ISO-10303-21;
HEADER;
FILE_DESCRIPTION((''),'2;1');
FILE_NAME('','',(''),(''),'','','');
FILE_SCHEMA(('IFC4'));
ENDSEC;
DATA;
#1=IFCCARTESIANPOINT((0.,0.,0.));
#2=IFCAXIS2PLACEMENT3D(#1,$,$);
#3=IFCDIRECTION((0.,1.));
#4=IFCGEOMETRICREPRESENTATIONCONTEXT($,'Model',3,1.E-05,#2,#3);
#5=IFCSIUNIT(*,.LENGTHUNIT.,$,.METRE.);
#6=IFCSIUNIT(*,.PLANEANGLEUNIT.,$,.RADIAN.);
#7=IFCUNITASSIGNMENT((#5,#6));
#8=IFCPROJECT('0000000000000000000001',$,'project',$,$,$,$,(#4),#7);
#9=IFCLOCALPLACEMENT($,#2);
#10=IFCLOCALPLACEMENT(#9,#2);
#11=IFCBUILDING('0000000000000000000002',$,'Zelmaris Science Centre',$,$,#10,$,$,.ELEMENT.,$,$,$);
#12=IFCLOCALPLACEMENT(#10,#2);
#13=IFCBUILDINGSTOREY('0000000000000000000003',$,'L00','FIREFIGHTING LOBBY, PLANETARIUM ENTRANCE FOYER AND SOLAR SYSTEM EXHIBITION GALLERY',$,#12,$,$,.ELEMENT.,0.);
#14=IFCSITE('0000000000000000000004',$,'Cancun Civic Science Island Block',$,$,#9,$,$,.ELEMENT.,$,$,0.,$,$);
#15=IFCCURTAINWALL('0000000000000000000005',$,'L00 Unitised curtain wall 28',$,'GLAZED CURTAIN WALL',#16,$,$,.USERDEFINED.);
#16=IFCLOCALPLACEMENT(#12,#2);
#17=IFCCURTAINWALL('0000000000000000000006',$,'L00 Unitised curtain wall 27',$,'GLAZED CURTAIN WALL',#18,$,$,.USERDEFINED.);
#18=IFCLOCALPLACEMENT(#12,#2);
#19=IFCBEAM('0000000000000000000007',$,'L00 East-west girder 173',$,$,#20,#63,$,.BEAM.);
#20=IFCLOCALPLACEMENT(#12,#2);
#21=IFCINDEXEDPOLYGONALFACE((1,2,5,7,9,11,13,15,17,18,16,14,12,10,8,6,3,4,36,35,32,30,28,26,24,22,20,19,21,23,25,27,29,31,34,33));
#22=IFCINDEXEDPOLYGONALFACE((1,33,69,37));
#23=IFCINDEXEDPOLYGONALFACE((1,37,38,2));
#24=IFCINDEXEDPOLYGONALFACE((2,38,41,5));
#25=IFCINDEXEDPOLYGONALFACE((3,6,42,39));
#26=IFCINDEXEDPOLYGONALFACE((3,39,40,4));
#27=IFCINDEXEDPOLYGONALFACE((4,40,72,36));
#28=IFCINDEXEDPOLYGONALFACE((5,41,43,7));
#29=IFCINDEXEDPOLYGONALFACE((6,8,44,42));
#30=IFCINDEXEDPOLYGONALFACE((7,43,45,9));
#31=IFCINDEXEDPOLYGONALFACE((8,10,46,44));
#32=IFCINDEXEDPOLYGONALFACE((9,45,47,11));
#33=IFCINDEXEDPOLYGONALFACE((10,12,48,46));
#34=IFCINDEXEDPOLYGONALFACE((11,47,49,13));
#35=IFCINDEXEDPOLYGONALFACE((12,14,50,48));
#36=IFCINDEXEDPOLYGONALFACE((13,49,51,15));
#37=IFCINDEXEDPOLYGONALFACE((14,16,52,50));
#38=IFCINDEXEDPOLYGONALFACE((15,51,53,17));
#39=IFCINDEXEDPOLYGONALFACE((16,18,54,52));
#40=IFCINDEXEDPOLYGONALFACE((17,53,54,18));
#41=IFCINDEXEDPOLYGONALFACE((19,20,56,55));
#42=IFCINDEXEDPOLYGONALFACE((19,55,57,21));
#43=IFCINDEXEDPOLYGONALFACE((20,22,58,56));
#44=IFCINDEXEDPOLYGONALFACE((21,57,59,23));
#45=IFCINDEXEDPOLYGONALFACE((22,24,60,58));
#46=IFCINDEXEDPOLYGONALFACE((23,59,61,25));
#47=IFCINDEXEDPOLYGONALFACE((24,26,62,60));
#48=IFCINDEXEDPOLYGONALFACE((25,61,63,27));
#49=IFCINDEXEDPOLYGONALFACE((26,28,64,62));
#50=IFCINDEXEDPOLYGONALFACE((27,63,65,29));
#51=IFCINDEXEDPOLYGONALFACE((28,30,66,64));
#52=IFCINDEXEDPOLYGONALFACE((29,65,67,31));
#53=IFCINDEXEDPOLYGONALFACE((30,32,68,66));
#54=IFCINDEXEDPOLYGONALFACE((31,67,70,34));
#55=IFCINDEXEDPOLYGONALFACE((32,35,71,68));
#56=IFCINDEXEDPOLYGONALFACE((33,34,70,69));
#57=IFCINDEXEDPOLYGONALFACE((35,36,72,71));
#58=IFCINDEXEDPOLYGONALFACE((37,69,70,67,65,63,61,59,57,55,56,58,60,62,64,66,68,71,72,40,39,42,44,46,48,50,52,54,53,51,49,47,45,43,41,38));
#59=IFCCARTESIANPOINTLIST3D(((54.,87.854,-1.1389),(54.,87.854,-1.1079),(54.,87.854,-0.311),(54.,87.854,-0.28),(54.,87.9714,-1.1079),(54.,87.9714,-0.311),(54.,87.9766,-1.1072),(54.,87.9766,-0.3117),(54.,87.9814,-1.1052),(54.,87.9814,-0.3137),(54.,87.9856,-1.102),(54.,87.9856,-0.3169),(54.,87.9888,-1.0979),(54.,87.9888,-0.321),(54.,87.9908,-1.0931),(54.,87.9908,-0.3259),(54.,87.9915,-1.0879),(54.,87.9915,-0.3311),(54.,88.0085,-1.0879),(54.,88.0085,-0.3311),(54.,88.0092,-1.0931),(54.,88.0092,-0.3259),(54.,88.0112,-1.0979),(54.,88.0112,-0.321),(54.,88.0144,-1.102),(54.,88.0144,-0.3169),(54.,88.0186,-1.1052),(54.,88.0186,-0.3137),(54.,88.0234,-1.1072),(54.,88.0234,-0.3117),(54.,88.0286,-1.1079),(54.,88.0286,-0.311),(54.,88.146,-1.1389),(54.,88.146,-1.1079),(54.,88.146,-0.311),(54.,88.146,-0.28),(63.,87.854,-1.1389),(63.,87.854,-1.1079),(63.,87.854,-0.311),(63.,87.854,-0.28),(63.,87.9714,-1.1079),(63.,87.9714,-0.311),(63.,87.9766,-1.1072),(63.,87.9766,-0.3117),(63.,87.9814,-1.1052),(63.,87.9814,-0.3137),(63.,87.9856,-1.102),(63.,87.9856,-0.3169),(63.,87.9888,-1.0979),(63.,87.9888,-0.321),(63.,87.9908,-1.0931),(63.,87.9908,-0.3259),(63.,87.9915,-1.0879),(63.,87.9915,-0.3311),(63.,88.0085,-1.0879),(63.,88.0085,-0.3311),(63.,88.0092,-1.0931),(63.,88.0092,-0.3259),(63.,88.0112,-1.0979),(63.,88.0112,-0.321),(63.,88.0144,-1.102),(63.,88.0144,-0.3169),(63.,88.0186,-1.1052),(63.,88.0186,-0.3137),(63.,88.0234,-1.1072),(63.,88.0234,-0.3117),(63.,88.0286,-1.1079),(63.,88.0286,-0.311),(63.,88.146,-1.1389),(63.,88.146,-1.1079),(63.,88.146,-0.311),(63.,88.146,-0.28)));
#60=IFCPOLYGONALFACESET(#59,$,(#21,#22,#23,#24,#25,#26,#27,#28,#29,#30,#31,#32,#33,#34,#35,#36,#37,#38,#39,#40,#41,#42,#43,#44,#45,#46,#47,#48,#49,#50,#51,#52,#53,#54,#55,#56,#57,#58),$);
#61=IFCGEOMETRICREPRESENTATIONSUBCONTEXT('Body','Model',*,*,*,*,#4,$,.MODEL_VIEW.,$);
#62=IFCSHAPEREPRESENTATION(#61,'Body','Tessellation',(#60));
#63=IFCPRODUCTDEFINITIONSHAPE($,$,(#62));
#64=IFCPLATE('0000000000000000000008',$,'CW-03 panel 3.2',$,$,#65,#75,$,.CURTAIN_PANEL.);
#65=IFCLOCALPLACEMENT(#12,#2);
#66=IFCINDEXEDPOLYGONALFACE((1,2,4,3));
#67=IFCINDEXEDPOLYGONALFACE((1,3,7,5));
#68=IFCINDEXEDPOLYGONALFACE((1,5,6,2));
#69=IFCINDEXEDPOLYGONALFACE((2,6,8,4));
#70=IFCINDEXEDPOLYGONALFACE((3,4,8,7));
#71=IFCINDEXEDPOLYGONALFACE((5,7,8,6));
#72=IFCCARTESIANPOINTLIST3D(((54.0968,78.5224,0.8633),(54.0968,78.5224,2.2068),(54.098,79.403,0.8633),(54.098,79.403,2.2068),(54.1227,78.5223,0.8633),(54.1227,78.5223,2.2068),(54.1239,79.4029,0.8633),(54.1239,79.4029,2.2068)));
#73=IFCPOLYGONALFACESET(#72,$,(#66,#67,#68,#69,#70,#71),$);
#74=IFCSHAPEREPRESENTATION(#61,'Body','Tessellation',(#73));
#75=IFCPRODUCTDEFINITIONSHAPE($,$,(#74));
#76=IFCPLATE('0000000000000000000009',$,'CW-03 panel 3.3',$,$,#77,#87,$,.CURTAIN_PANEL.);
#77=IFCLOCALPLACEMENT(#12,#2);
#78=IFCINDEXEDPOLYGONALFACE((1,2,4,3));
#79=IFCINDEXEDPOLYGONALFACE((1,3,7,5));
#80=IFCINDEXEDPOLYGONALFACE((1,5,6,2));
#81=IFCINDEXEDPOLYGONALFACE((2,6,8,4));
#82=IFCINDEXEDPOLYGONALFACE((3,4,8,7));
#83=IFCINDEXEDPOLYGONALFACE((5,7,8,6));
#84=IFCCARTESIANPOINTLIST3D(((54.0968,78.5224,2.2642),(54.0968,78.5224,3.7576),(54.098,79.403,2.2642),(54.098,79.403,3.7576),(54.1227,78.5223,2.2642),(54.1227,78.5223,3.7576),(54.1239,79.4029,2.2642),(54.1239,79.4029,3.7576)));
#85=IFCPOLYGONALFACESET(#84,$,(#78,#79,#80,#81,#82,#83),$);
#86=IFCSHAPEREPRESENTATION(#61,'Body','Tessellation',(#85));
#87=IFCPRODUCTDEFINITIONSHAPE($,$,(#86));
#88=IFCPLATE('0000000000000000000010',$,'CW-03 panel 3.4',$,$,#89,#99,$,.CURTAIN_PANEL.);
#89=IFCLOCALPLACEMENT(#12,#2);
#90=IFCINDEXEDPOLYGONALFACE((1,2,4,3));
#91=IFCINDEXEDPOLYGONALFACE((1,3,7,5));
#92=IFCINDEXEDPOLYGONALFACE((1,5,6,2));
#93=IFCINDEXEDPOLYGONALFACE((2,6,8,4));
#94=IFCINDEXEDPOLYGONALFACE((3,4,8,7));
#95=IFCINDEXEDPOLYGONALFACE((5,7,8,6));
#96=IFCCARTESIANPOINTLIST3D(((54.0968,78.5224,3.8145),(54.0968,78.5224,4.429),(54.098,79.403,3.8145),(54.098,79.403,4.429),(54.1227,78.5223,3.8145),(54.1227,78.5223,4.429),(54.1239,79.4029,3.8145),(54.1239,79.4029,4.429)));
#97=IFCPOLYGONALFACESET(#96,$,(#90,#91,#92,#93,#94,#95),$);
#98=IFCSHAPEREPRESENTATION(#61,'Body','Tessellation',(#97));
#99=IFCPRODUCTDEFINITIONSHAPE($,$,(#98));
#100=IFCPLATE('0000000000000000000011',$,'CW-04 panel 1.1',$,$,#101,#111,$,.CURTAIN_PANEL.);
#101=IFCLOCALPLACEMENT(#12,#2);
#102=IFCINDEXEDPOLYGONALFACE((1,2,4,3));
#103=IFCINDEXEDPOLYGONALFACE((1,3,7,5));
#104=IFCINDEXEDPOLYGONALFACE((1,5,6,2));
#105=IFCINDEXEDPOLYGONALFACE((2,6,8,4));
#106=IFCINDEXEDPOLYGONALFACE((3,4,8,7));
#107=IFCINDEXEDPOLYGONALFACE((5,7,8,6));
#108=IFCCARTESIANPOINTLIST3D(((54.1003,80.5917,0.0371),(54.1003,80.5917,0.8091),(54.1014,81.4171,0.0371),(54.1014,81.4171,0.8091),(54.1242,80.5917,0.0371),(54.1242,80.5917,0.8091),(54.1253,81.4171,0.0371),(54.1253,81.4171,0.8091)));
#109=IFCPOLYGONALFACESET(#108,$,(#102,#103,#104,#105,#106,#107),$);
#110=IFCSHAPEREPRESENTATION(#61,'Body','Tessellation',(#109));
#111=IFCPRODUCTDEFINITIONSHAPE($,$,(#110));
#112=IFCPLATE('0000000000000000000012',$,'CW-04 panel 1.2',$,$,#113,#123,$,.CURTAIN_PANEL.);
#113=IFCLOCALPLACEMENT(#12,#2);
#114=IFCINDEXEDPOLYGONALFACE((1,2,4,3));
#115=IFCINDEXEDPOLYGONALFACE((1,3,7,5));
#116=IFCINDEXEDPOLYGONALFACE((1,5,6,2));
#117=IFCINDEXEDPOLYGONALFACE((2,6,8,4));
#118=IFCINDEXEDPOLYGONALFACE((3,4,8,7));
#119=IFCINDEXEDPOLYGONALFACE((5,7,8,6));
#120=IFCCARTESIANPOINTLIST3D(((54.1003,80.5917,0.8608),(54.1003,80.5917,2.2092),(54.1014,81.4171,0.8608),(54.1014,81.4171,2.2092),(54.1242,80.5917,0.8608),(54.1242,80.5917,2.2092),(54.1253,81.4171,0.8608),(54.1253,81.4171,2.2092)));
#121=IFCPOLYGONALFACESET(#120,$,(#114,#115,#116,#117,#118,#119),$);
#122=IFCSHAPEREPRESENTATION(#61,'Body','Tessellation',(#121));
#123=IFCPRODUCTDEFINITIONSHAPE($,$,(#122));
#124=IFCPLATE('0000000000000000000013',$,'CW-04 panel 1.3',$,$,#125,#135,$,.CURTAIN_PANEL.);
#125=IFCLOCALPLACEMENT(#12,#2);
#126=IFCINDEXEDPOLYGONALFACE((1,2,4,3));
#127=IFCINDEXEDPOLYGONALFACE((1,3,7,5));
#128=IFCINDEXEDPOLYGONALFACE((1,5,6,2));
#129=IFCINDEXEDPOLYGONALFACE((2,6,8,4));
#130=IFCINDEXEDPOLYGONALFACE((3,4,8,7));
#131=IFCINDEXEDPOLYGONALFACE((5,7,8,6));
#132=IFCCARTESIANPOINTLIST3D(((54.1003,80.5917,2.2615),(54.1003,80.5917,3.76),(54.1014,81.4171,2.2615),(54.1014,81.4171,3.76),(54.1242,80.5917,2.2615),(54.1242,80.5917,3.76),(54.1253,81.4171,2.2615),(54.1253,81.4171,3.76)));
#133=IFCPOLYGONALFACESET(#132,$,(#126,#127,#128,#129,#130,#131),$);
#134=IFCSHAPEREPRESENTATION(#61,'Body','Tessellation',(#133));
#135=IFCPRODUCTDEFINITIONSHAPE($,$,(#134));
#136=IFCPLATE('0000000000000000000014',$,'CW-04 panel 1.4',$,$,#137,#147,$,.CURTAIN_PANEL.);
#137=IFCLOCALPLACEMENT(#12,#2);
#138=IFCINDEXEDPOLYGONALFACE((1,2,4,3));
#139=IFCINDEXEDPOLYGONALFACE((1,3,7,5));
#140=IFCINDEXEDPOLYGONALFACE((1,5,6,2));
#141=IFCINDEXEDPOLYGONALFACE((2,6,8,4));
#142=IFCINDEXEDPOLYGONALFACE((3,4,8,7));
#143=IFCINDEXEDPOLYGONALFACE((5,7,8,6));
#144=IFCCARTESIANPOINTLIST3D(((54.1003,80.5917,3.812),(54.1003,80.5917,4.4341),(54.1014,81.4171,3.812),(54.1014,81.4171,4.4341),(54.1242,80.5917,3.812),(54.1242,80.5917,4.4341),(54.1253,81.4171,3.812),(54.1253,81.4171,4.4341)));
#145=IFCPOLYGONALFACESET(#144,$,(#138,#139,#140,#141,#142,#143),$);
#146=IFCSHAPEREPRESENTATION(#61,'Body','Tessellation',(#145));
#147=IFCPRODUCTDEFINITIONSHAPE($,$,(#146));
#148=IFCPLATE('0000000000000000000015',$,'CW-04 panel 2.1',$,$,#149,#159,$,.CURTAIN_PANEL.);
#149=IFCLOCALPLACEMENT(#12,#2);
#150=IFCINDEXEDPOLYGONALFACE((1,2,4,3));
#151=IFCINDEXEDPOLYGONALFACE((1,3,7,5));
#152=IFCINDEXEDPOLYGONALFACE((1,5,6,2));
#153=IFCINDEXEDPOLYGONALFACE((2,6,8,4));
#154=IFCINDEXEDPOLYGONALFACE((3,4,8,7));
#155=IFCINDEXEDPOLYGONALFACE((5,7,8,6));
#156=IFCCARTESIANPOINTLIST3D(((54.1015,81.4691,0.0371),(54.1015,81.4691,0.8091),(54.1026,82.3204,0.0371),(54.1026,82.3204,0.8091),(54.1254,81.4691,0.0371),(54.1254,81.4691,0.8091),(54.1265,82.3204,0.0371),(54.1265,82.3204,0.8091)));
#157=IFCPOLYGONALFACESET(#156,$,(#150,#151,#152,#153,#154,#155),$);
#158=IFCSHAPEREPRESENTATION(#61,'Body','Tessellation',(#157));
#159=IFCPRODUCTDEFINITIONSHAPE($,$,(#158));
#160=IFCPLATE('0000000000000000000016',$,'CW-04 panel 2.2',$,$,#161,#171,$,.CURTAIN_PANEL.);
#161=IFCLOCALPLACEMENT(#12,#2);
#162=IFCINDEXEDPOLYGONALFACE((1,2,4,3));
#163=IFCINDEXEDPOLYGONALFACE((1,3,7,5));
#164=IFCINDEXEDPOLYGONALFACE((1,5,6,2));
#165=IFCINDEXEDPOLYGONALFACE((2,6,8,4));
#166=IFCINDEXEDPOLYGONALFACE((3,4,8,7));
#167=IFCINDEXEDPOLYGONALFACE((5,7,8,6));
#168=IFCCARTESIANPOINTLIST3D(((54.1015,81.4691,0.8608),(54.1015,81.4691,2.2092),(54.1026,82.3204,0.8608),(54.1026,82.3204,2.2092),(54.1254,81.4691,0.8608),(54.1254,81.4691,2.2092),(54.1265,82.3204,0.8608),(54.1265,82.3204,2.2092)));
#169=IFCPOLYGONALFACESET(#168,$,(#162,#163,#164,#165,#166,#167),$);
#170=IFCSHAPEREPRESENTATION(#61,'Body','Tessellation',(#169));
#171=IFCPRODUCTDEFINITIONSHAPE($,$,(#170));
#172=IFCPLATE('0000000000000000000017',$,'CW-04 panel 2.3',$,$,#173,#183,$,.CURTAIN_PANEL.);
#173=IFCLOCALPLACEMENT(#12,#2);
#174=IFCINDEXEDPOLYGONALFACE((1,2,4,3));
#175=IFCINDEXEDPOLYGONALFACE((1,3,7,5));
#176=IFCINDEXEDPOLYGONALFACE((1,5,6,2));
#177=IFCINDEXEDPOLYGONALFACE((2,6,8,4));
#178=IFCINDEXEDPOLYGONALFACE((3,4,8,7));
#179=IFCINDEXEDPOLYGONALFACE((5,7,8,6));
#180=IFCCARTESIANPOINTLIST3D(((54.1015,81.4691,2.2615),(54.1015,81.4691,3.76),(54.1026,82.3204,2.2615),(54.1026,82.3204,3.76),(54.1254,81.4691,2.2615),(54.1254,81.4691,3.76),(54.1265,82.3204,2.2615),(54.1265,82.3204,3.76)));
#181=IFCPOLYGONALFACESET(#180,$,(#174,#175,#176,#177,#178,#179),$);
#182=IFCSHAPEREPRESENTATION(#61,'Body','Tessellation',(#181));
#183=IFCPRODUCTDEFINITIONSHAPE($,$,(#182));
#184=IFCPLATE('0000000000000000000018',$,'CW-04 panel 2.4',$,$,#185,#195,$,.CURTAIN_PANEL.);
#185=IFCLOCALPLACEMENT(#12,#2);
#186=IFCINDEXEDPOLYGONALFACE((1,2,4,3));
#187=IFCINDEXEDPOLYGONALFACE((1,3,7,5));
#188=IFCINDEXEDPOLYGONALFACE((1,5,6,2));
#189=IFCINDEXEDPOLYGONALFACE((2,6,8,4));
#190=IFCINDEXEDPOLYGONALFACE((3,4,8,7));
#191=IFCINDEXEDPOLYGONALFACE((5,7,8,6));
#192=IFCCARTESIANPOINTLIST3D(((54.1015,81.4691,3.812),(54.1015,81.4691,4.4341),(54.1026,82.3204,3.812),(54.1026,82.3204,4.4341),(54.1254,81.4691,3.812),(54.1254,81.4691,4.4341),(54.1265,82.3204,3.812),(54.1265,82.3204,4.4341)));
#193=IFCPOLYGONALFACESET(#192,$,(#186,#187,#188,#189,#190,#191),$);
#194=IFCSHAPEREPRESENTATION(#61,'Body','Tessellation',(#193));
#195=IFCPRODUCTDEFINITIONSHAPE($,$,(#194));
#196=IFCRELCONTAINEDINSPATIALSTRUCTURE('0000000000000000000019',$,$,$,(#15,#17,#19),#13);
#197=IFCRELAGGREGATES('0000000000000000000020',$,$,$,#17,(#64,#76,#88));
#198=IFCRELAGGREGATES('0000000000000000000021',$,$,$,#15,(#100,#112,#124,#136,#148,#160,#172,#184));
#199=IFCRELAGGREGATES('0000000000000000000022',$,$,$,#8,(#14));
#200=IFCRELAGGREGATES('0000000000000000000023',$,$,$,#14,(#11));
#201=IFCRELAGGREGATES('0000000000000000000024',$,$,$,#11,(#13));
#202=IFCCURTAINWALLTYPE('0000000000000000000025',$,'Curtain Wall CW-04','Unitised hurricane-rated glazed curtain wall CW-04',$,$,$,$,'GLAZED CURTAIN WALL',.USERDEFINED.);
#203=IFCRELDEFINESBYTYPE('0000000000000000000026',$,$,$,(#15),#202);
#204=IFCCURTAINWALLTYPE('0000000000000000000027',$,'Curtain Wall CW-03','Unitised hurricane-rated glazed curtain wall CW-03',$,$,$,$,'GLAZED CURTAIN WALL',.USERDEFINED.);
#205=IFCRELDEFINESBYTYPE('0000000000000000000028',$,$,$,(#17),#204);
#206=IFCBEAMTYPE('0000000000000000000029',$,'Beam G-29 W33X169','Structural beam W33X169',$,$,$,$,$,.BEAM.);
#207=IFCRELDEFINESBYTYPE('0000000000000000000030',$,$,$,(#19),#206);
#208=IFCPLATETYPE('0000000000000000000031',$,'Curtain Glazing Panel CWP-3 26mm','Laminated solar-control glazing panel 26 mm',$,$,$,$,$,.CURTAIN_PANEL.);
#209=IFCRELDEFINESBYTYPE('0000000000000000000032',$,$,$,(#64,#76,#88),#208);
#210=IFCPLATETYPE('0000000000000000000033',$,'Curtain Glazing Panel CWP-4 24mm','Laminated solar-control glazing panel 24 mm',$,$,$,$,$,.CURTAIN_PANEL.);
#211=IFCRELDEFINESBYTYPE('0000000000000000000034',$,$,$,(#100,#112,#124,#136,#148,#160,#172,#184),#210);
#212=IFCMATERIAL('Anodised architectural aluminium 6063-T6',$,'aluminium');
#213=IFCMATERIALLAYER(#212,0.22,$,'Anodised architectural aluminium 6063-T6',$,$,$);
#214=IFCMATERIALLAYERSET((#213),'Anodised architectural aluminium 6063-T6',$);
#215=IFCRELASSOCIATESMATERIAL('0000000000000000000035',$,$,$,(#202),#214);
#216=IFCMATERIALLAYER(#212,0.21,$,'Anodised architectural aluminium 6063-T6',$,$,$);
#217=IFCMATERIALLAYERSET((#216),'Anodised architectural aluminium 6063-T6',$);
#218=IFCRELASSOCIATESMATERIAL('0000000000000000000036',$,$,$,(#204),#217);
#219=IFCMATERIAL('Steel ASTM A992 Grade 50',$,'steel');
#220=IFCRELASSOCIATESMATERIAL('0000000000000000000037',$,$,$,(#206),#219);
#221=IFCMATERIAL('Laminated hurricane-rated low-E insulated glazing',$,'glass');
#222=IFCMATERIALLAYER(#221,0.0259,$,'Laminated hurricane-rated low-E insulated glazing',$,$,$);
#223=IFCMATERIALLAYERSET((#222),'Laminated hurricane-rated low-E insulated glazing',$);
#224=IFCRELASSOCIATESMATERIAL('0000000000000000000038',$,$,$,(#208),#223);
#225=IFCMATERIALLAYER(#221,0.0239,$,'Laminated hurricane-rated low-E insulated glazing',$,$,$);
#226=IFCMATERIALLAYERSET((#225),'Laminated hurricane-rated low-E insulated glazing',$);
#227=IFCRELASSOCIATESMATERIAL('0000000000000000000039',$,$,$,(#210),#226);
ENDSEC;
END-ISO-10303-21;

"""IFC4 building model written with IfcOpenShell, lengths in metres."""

from ifc_helpers import new_model, si_unit, direction, frame, origin, origin_2d, place, context, subcontext, project, spatial, rectangle, i_section, extrude, material, layer, layer_set, material_profile, profile_set, type_object, element, aggregate, save


model = new_model("IFC4")

# Units and contexts
model_context = context("Model", 3, precision=1e-05, world=origin(), true_north=direction((0.0, 1.0)))
body_context = subcontext(model_context, "Body", "Model", "MODEL_VIEW")
ifc_project = project(units=[si_unit("LENGTHUNIT", "METRE"), si_unit("PLANEANGLEUNIT", "RADIAN")], contexts=[model_context])

# Site, building, storey
site_placement = place(None, origin())
site = spatial("IfcSite", under=ifc_project, at=site_placement, Name="Cancun Civic Science Island Block", CompositionType="ELEMENT", RefElevation=0.0)
building_placement = place(site_placement, origin())
building = spatial("IfcBuilding", under=site, at=building_placement, Name="Zelmaris Science Centre", CompositionType="ELEMENT")
storey_placement = place(building_placement, origin())
storey = spatial("IfcBuildingStorey", under=building, at=storey_placement, Name="L00", Description="FIREFIGHTING LOBBY, PLANETARIUM ENTRANCE FOYER AND SOLAR SYSTEM EXHIBITION GALLERY", CompositionType="ELEMENT", Elevation=0.0)

# Shared definitions
ifc_material_1 = material(Name="Steel ASTM A992 Grade 50", Category="steel")

# Curtain wall
ifc_material_2 = material(Name="Anodised architectural aluminium 6063-T6", Category="aluminium")
ifc_layer_1 = layer(ifc_material_2, 0.22, Name="Anodised architectural aluminium 6063-T6")
ifc_layer_set_1 = layer_set([ifc_layer_1], Name="Anodised architectural aluminium 6063-T6")
curtain_wall_type_1 = type_object("IfcCurtainWallType", Name="Curtain Wall CW-04", Description="Unitised hurricane-rated glazed curtain wall CW-04", ElementType="GLAZED CURTAIN WALL", PredefinedType="USERDEFINED", material=ifc_layer_set_1)
curtain_wall_1_placement = place(storey_placement, origin())
curtain_wall_1 = element("IfcCurtainWall", 1, at=curtain_wall_1_placement, inside=storey, type_object=curtain_wall_type_1, Name="L00 Unitised curtain wall 28", ObjectType="GLAZED CURTAIN WALL", PredefinedType="USERDEFINED")

# Curtain wall
ifc_layer_2 = layer(ifc_material_2, 0.21, Name="Anodised architectural aluminium 6063-T6")
ifc_layer_set_2 = layer_set([ifc_layer_2], Name="Anodised architectural aluminium 6063-T6")
curtain_wall_type_2 = type_object("IfcCurtainWallType", Name="Curtain Wall CW-03", Description="Unitised hurricane-rated glazed curtain wall CW-03", ElementType="GLAZED CURTAIN WALL", PredefinedType="USERDEFINED", material=ifc_layer_set_2)
curtain_wall_2_placement = place(storey_placement, origin())
curtain_wall_2 = element("IfcCurtainWall", 2, at=curtain_wall_2_placement, inside=storey, type_object=curtain_wall_type_2, Name="L00 Unitised curtain wall 27", ObjectType="GLAZED CURTAIN WALL", PredefinedType="USERDEFINED")

# Beam
ifc_material_profile_1 = material_profile(ifc_material_1, i_section(OverallWidth=0.292, OverallDepth=0.8589, WebThickness=0.0171, FlangeThickness=0.031, FilletRadius=0.02, at=origin_2d()), Name="W33X169")
ifc_profile_set_1 = profile_set([ifc_material_profile_1], Name="Steel ASTM A992 Grade 50")
beam_type_1 = type_object("IfcBeamType", Name="Beam G-29 W33X169", Description="Structural beam W33X169", PredefinedType="BEAM", material=ifc_profile_set_1)
beam_1_placement = place(storey_placement, frame((54.0, 88.0, -0.7095), z_axis=(1.0, 0.0, 0.0), x_axis=(0.0, 1.0, 0.0)))
element("IfcBeam", 3, at=beam_1_placement, inside=storey, type_object=beam_type_1, Name="L00 East-west girder 173", PredefinedType="BEAM", context=body_context, shape_type="SweptSolid", body=[
    extrude(i_section(OverallWidth=0.292, OverallDepth=0.8589, WebThickness=0.0171, FlangeThickness=0.031, FilletRadius=0.02, at=origin_2d()), origin(), (0.0, 0.0, 1.0), 9.0),
])

# Plates
ifc_material_3 = material(Name="Laminated hurricane-rated low-E insulated glazing", Category="glass")
ifc_layer_3 = layer(ifc_material_3, 0.0259, Name="Laminated hurricane-rated low-E insulated glazing")
ifc_layer_set_3 = layer_set([ifc_layer_3], Name="Laminated hurricane-rated low-E insulated glazing")
plate_type_1 = type_object("IfcPlateType", Name="Curtain Glazing Panel CWP-3 26mm", Description="Laminated solar-control glazing panel 26 mm", PredefinedType="CURTAIN_PANEL", material=ifc_layer_set_3)
plate_1_placement = place(storey_placement, frame((54.1104, 78.9626, 0.8633), z_axis=(0.0, 0.0, 1.0), x_axis=(0.001311, 0.999999, 0.0)))
plate_1 = element("IfcPlate", 4, at=plate_1_placement, type_object=plate_type_1, Name="CW-03 panel 3.2", PredefinedType="CURTAIN_PANEL", context=body_context, shape_type="SweptSolid", body=[
    extrude(rectangle(XDim=0.8806, YDim=0.0259, at=origin_2d()), origin(), (0.0, 0.0, 1.0), 1.3435),
])
plate_2_placement = place(storey_placement, frame((54.1104, 78.9626, 2.2642), z_axis=(0.0, 0.0, 1.0), x_axis=(0.001311, 0.999999, 0.0)))
plate_2 = element("IfcPlate", 5, at=plate_2_placement, type_object=plate_type_1, Name="CW-03 panel 3.3", PredefinedType="CURTAIN_PANEL", context=body_context, shape_type="SweptSolid", body=[
    extrude(rectangle(XDim=0.8806, YDim=0.0259, at=origin_2d()), origin(), (0.0, 0.0, 1.0), 1.4934),
])
plate_3_placement = place(storey_placement, frame((54.1104, 78.9626, 3.8145), z_axis=(0.0, 0.0, 1.0), x_axis=(0.001311, 0.999999, 0.0)))
plate_3 = element("IfcPlate", 6, at=plate_3_placement, type_object=plate_type_1, Name="CW-03 panel 3.4", PredefinedType="CURTAIN_PANEL", context=body_context, shape_type="SweptSolid", body=[
    extrude(rectangle(XDim=0.8806, YDim=0.0259, at=origin_2d()), origin(), (0.0, 0.0, 1.0), 0.6145),
])
aggregate(curtain_wall_2, [plate_1, plate_2, plate_3])
ifc_layer_4 = layer(ifc_material_3, 0.0239, Name="Laminated hurricane-rated low-E insulated glazing")
ifc_layer_set_4 = layer_set([ifc_layer_4], Name="Laminated hurricane-rated low-E insulated glazing")
plate_type_2 = type_object("IfcPlateType", Name="Curtain Glazing Panel CWP-4 24mm", Description="Laminated solar-control glazing panel 24 mm", PredefinedType="CURTAIN_PANEL", material=ifc_layer_set_4)
plate_4_placement = place(storey_placement, frame((54.1128, 81.0044, 0.0371), z_axis=(0.0, 0.0, 1.0), x_axis=(0.00131, 0.999999, 0.0)))
plate_4 = element("IfcPlate", 7, at=plate_4_placement, type_object=plate_type_2, Name="CW-04 panel 1.1", PredefinedType="CURTAIN_PANEL", context=body_context, shape_type="SweptSolid", body=[
    extrude(rectangle(XDim=0.8254, YDim=0.0239, at=origin_2d()), origin(), (0.0, 0.0, 1.0), 0.772),
])
plate_5_placement = place(storey_placement, frame((54.1128, 81.0044, 0.8608), z_axis=(0.0, 0.0, 1.0), x_axis=(0.00131, 0.999999, 0.0)))
plate_5 = element("IfcPlate", 8, at=plate_5_placement, type_object=plate_type_2, Name="CW-04 panel 1.2", PredefinedType="CURTAIN_PANEL", context=body_context, shape_type="SweptSolid", body=[
    extrude(rectangle(XDim=0.8254, YDim=0.0239, at=origin_2d()), origin(), (0.0, 0.0, 1.0), 1.3484),
])
plate_6_placement = place(storey_placement, frame((54.1128, 81.0044, 2.2615), z_axis=(0.0, 0.0, 1.0), x_axis=(0.00131, 0.999999, 0.0)))
plate_6 = element("IfcPlate", 9, at=plate_6_placement, type_object=plate_type_2, Name="CW-04 panel 1.3", PredefinedType="CURTAIN_PANEL", context=body_context, shape_type="SweptSolid", body=[
    extrude(rectangle(XDim=0.8254, YDim=0.0239, at=origin_2d()), origin(), (0.0, 0.0, 1.0), 1.4985),
])
plate_7_placement = place(storey_placement, frame((54.1128, 81.0044, 3.812), z_axis=(0.0, 0.0, 1.0), x_axis=(0.00131, 0.999999, 0.0)))
plate_7 = element("IfcPlate", 10, at=plate_7_placement, type_object=plate_type_2, Name="CW-04 panel 1.4", PredefinedType="CURTAIN_PANEL", context=body_context, shape_type="SweptSolid", body=[
    extrude(rectangle(XDim=0.8254, YDim=0.0239, at=origin_2d()), origin(), (0.0, 0.0, 1.0), 0.6221),
])
plate_8_placement = place(storey_placement, frame((54.114, 81.8948, 0.0371), z_axis=(0.0, 0.0, 1.0), x_axis=(0.00131, 0.999999, 0.0)))
plate_8 = element("IfcPlate", 11, at=plate_8_placement, type_object=plate_type_2, Name="CW-04 panel 2.1", PredefinedType="CURTAIN_PANEL", context=body_context, shape_type="SweptSolid", body=[
    extrude(rectangle(XDim=0.8513, YDim=0.0239, at=origin_2d()), origin(), (0.0, 0.0, 1.0), 0.772),
])
plate_9_placement = place(storey_placement, frame((54.114, 81.8948, 0.8608), z_axis=(0.0, 0.0, 1.0), x_axis=(0.00131, 0.999999, 0.0)))
plate_9 = element("IfcPlate", 12, at=plate_9_placement, type_object=plate_type_2, Name="CW-04 panel 2.2", PredefinedType="CURTAIN_PANEL", context=body_context, shape_type="SweptSolid", body=[
    extrude(rectangle(XDim=0.8513, YDim=0.0239, at=origin_2d()), origin(), (0.0, 0.0, 1.0), 1.3484),
])
plate_10_placement = place(storey_placement, frame((54.114, 81.8948, 2.2615), z_axis=(0.0, 0.0, 1.0), x_axis=(0.00131, 0.999999, 0.0)))
plate_10 = element("IfcPlate", 13, at=plate_10_placement, type_object=plate_type_2, Name="CW-04 panel 2.3", PredefinedType="CURTAIN_PANEL", context=body_context, shape_type="SweptSolid", body=[
    extrude(rectangle(XDim=0.8513, YDim=0.0239, at=origin_2d()), origin(), (0.0, 0.0, 1.0), 1.4985),
])
plate_11_placement = place(storey_placement, frame((54.114, 81.8948, 3.812), z_axis=(0.0, 0.0, 1.0), x_axis=(0.00131, 0.999999, 0.0)))
plate_11 = element("IfcPlate", 14, at=plate_11_placement, type_object=plate_type_2, Name="CW-04 panel 2.4", PredefinedType="CURTAIN_PANEL", context=body_context, shape_type="SweptSolid", body=[
    extrude(rectangle(XDim=0.8513, YDim=0.0239, at=origin_2d()), origin(), (0.0, 0.0, 1.0), 0.6221),
])
aggregate(curtain_wall_1, [plate_4, plate_5, plate_6, plate_7, plate_8, plate_9, plate_10, plate_11])

save(model, "model.ifc")
